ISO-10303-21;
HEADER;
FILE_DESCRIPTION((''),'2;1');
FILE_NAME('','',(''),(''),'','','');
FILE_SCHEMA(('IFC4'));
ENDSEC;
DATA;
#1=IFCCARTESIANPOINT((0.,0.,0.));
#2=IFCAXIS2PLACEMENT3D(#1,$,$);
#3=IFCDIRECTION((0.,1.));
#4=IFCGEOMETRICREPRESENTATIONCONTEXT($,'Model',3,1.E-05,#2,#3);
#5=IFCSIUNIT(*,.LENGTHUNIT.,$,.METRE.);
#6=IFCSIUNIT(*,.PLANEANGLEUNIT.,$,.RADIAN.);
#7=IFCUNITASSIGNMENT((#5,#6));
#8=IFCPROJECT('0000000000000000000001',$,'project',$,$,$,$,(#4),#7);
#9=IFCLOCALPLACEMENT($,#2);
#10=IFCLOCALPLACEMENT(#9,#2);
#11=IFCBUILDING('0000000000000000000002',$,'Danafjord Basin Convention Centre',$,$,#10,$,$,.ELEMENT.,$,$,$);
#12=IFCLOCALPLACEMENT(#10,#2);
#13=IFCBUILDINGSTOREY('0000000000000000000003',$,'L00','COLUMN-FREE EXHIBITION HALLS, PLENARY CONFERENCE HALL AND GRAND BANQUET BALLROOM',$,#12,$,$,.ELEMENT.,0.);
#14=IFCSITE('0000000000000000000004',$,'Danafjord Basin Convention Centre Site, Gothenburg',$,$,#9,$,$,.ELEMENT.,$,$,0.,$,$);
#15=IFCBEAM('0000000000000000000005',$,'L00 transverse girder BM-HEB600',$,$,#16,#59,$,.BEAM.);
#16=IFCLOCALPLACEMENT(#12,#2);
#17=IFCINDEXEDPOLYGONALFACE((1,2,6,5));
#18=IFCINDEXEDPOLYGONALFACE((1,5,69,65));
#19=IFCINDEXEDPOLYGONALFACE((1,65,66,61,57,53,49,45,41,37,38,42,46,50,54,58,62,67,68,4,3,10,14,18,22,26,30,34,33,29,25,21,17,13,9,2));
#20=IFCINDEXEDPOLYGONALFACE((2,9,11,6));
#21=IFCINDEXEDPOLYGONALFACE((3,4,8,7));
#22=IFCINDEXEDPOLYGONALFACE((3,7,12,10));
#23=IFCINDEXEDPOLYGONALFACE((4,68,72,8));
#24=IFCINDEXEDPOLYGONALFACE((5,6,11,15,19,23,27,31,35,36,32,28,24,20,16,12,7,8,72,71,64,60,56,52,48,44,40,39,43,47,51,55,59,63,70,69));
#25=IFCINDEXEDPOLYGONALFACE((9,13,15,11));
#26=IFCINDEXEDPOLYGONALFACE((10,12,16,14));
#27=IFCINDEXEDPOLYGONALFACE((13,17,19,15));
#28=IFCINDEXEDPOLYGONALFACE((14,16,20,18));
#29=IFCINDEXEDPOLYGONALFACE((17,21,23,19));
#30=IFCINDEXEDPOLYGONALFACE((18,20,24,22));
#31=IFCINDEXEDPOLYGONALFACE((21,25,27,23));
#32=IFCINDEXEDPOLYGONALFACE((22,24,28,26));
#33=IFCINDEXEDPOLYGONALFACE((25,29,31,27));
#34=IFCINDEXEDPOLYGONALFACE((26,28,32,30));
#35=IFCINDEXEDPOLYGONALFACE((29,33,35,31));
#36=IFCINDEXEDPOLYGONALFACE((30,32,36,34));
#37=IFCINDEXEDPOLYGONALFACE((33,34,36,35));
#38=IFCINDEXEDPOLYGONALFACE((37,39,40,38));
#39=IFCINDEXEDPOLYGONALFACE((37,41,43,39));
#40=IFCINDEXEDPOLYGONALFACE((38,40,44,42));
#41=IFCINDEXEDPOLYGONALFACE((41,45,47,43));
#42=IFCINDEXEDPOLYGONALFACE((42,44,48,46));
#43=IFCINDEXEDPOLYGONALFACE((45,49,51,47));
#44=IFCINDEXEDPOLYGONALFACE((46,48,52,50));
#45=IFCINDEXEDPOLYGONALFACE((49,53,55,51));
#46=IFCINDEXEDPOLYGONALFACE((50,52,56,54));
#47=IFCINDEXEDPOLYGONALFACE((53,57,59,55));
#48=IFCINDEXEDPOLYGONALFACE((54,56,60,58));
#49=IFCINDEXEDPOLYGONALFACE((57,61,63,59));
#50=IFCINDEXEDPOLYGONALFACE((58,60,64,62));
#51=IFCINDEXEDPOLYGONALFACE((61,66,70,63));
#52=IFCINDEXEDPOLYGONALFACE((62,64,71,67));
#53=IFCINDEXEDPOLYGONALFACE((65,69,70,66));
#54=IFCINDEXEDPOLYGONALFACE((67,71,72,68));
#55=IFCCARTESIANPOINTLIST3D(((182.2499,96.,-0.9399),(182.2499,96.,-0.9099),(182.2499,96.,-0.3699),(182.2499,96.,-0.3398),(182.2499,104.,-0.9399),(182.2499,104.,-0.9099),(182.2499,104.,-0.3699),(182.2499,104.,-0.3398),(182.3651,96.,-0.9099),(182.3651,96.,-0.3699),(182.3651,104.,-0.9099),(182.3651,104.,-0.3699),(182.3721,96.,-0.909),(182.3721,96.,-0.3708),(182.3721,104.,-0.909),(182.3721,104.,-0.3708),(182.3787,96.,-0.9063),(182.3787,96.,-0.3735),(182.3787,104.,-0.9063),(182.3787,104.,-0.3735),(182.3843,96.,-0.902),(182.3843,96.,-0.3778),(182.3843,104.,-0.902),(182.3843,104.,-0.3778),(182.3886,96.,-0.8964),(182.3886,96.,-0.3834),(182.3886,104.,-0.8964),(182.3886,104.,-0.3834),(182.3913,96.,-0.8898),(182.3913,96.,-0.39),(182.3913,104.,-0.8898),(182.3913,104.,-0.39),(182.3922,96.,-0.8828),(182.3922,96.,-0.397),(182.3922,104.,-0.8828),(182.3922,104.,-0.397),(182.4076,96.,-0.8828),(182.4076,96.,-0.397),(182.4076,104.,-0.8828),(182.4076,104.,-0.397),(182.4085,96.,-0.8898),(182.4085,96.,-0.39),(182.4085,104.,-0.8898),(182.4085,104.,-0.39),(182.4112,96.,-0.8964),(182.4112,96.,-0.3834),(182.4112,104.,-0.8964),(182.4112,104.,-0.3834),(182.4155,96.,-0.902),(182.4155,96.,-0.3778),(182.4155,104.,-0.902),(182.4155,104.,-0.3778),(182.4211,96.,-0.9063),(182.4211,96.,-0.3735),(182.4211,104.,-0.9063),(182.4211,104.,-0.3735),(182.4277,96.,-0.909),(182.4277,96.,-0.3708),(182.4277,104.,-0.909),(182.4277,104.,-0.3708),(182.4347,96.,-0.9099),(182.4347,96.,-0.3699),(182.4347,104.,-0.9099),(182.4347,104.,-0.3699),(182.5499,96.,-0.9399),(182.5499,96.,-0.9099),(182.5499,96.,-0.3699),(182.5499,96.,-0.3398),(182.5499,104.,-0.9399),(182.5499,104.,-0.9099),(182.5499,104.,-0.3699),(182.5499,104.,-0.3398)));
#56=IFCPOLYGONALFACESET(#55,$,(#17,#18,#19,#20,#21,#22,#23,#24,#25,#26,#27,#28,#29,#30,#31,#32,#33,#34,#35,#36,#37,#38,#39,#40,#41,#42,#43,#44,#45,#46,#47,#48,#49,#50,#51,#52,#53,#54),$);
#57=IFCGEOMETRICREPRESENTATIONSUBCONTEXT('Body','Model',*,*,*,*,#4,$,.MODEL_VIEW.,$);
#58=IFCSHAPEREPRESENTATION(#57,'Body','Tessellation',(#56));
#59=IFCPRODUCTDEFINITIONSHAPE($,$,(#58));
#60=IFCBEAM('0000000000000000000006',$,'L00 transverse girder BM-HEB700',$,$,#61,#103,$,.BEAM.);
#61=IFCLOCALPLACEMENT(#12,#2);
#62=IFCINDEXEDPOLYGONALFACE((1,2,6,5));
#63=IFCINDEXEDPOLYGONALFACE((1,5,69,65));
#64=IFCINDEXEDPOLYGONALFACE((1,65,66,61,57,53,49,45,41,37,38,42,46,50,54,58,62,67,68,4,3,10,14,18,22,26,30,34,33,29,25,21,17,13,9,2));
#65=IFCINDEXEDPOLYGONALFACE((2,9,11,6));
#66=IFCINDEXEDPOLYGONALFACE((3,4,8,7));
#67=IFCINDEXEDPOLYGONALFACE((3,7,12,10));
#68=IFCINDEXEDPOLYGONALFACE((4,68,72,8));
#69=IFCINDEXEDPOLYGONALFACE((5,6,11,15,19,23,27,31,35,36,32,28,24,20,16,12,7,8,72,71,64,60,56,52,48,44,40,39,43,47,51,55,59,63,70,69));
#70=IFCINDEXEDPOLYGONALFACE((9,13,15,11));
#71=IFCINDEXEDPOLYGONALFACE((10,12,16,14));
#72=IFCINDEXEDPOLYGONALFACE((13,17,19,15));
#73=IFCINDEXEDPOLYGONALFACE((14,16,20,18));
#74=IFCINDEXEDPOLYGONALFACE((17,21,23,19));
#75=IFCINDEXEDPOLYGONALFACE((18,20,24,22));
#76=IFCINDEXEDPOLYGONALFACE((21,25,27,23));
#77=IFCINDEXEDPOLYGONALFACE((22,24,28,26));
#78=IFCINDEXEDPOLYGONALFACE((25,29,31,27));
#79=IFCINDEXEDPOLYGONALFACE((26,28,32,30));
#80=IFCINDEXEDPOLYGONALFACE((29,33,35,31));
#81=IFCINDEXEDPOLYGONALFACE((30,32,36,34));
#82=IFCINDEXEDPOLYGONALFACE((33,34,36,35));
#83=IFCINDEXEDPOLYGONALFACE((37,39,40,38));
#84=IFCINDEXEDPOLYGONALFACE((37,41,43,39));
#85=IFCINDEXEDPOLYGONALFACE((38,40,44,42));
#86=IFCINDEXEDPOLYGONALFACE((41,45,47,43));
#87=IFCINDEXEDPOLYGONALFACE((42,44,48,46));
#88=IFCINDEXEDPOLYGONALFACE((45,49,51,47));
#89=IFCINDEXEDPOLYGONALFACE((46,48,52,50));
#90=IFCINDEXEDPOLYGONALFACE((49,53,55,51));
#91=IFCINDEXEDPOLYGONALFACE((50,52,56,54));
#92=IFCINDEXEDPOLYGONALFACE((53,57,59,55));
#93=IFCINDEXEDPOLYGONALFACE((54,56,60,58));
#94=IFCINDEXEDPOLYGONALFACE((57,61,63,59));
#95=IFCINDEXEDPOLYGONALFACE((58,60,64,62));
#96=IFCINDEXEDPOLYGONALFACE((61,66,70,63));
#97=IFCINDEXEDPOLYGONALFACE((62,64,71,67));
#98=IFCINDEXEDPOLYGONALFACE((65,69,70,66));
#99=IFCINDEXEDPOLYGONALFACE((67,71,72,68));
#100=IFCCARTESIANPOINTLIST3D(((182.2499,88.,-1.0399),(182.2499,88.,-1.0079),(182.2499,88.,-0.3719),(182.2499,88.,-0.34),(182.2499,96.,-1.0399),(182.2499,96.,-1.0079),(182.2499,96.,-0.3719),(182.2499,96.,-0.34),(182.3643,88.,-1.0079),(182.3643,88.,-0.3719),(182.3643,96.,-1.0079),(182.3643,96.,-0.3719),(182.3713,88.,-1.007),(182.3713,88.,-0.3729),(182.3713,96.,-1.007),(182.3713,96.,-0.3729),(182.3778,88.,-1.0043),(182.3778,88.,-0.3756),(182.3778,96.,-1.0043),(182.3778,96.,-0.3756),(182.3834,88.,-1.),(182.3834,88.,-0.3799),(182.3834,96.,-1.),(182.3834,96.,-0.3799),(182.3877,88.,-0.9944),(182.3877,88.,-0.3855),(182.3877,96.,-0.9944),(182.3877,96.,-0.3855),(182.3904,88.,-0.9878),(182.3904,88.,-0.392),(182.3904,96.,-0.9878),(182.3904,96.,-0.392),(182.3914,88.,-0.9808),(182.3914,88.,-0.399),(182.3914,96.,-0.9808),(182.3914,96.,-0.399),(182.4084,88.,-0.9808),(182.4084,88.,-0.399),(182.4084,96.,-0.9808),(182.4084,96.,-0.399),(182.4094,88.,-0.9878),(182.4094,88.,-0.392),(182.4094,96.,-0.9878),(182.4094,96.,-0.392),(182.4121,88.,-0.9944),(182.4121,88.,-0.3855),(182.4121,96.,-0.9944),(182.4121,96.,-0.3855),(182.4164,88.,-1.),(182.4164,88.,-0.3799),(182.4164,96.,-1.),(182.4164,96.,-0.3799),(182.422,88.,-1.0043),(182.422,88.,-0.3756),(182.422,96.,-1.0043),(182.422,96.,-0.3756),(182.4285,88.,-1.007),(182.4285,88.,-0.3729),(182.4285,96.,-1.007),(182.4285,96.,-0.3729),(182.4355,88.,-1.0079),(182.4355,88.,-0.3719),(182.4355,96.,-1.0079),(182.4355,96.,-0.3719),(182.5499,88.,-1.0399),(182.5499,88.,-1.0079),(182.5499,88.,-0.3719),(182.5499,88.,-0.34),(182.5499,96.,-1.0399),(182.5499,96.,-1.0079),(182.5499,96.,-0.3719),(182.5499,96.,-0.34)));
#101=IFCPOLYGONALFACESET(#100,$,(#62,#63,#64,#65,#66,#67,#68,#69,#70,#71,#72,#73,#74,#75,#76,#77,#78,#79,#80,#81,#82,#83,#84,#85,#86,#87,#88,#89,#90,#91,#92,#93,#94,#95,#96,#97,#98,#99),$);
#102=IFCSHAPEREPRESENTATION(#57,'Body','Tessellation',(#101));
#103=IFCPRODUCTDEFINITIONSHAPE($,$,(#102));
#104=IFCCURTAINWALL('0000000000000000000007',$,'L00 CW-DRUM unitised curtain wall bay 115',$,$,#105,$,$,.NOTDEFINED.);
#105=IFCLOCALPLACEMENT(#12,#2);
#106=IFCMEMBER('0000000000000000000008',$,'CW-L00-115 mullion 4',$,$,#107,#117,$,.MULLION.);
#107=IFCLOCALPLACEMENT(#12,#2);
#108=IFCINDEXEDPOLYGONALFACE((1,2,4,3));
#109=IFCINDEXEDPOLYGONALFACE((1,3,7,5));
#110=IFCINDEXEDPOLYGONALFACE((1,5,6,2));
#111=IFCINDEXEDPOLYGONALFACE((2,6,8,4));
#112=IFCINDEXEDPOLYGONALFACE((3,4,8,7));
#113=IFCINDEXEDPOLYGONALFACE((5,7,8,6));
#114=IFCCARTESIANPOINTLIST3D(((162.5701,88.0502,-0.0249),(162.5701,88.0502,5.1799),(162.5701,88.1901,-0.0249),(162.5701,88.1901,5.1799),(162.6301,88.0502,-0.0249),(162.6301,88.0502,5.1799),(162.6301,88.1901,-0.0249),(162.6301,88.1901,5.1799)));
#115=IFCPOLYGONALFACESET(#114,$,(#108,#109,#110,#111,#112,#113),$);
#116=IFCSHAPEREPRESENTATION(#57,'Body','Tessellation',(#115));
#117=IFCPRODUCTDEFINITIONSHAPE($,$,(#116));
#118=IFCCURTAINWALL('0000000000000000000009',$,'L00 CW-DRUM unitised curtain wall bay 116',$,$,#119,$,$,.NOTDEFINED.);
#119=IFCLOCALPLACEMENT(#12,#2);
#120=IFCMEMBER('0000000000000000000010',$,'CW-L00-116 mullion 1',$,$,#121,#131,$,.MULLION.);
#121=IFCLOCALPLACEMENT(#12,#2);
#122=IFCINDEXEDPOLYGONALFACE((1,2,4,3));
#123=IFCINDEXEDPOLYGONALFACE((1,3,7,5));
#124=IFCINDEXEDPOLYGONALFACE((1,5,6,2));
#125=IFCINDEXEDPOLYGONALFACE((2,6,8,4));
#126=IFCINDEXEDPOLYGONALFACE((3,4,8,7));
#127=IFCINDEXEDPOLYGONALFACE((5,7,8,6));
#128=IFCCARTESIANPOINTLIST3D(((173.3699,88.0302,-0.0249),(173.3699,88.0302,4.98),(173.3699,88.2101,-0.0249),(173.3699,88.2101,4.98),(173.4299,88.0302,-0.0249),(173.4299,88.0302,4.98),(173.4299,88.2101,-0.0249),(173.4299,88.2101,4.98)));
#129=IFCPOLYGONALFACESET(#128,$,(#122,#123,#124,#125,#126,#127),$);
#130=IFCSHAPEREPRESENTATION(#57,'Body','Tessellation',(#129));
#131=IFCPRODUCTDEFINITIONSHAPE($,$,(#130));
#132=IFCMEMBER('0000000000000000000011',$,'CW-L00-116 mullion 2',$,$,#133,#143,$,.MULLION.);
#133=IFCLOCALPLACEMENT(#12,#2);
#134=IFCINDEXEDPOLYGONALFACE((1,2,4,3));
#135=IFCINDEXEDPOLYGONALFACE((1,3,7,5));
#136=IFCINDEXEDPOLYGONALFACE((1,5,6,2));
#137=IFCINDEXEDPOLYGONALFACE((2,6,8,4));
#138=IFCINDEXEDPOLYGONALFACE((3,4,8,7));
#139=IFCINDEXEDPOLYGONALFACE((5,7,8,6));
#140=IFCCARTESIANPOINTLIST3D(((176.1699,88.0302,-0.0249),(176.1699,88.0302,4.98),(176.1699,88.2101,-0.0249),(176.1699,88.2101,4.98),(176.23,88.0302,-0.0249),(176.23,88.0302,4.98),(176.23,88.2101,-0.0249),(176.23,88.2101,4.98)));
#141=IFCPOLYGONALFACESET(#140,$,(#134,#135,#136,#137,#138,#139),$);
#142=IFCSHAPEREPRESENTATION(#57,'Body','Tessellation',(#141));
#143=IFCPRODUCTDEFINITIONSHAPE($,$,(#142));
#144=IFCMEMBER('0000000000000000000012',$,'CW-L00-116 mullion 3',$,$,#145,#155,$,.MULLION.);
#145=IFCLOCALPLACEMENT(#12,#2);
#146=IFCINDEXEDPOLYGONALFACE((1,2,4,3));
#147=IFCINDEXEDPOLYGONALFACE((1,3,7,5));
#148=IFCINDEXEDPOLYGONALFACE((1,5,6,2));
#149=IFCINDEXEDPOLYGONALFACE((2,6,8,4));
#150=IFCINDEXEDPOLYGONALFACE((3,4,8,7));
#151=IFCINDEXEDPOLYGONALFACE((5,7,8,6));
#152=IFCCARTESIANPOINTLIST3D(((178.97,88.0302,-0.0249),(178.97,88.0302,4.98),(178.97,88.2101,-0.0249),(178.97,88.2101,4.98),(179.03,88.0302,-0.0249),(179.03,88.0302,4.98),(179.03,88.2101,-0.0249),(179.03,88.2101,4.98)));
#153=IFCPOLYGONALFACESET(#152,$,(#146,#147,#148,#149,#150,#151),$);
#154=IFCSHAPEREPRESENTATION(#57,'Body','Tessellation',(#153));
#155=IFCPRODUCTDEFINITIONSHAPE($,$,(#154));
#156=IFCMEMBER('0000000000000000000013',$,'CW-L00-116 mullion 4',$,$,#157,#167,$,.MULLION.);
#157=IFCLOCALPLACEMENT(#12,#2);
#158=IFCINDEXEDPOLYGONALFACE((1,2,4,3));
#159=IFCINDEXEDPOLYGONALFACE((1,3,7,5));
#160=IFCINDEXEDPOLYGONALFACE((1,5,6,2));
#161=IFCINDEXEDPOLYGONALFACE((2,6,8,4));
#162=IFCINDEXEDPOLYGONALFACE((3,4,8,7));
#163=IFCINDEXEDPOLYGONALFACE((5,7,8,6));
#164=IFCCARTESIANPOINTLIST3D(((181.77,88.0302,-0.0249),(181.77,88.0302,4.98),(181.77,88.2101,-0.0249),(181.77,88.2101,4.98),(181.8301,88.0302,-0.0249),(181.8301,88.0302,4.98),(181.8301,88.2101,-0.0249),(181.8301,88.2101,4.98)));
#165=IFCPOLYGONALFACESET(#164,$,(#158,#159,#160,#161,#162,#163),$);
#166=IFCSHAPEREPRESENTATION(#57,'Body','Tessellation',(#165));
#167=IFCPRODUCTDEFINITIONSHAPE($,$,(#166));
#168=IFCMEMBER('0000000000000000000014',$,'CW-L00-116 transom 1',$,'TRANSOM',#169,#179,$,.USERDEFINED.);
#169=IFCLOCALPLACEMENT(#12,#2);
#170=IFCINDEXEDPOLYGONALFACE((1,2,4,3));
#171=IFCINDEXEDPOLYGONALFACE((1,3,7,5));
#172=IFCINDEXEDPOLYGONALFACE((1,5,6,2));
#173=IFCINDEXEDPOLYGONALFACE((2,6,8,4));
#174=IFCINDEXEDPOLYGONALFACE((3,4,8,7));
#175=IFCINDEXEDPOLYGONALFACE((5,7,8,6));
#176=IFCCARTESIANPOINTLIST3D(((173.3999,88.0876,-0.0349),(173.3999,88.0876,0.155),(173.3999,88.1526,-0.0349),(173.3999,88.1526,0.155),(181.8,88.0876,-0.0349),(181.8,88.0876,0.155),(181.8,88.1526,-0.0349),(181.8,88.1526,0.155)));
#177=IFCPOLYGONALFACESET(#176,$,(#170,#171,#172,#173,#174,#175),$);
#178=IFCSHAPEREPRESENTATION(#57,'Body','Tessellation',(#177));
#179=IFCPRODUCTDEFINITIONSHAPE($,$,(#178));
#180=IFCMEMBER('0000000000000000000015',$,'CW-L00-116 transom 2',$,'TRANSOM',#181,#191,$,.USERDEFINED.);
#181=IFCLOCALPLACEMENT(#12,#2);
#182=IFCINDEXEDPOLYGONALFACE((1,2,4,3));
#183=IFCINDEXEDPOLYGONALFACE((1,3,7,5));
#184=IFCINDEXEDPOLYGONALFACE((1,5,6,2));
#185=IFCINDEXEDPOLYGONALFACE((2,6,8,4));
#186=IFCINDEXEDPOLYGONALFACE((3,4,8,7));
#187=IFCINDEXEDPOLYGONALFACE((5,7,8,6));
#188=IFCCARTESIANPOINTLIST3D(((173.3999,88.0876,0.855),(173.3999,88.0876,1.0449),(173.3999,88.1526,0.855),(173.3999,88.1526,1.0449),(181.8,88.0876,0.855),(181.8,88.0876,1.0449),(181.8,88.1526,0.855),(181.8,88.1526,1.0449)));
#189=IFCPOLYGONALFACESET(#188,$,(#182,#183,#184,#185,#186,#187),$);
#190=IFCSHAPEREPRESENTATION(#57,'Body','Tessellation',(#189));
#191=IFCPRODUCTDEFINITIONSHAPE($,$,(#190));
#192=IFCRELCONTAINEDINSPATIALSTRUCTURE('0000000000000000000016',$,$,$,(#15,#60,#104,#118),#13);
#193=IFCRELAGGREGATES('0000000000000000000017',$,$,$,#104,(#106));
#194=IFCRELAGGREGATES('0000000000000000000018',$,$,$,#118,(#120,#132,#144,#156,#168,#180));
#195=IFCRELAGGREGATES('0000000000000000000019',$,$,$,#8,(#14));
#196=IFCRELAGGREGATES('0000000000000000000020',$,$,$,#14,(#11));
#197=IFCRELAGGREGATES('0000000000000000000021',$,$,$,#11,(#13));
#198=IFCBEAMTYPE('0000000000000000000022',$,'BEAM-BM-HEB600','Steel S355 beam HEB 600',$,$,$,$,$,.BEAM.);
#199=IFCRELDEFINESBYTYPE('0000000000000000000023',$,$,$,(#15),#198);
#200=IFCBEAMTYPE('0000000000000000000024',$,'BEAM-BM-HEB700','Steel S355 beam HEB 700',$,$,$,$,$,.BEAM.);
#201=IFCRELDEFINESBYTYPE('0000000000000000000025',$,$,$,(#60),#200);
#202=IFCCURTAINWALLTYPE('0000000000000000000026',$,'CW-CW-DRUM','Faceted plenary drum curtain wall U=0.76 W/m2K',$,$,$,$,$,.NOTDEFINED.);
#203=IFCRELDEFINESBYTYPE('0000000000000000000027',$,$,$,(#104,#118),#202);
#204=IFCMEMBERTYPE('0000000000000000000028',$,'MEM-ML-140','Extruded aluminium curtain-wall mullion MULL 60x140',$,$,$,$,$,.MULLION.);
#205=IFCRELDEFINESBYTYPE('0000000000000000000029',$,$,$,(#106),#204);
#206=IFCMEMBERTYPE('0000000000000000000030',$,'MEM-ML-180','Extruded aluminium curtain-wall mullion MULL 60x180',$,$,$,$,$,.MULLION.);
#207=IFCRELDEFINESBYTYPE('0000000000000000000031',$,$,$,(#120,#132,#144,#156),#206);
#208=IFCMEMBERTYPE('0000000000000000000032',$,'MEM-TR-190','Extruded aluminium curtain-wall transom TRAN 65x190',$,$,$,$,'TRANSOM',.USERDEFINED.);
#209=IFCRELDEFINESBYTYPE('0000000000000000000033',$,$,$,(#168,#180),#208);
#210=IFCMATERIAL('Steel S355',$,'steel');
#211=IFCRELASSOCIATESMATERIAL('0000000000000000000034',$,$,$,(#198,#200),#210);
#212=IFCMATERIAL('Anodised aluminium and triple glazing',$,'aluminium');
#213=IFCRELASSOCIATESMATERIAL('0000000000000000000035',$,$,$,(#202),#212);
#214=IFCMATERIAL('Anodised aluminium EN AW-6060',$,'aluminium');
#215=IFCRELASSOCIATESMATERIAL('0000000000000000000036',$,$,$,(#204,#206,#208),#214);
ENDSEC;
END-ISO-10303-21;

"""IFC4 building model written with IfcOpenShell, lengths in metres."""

from ifc_helpers import new_model, si_unit, direction, frame, origin, origin_2d, place, context, subcontext, project, spatial, rectangle, i_section, extrude, material, material_profile, profile_set, type_object, element, aggregate, save


model = new_model("IFC4")

# Units and contexts
model_context = context("Model", 3, precision=1e-05, world=origin(), true_north=direction((0.0, 1.0)))
body_context = subcontext(model_context, "Body", "Model", "MODEL_VIEW")
ifc_project = project(units=[si_unit("LENGTHUNIT", "METRE"), si_unit("PLANEANGLEUNIT", "RADIAN")], contexts=[model_context])

# Site, building, storey
site_placement = place(None, origin())
site = spatial("IfcSite", under=ifc_project, at=site_placement, Name="Danafjord Basin Convention Centre Site, Gothenburg", CompositionType="ELEMENT", RefElevation=0.0)
building_placement = place(site_placement, origin())
building = spatial("IfcBuilding", under=site, at=building_placement, Name="Danafjord Basin Convention Centre", CompositionType="ELEMENT")
storey_placement = place(building_placement, origin())
storey = spatial("IfcBuildingStorey", under=building, at=storey_placement, Name="L00", Description="COLUMN-FREE EXHIBITION HALLS, PLENARY CONFERENCE HALL AND GRAND BANQUET BALLROOM", CompositionType="ELEMENT", Elevation=0.0)

# Shared definitions
ifc_material_1 = material(Name="Steel S355", Category="steel")

# Beams
ifc_material_profile_1 = material_profile(ifc_material_1, i_section(OverallWidth=0.3, OverallDepth=0.6001, WebThickness=0.0154, FlangeThickness=0.03, FilletRadius=0.0271, at=origin_2d()), Name="HEB 600")
ifc_profile_set_1 = profile_set([ifc_material_profile_1], Name="Steel S355")
beam_type_1 = type_object("IfcBeamType", Name="BEAM-BM-HEB600", Description="Steel S355 beam HEB 600", PredefinedType="BEAM", material=ifc_profile_set_1)
beam_1_placement = place(storey_placement, frame((182.3999, 96.0, -0.6399), z_axis=(0.0, 1.0, 0.0), x_axis=(-1.0, 0.0, 0.0)))
element("IfcBeam", 1, at=beam_1_placement, inside=storey, type_object=beam_type_1, Name="L00 transverse girder BM-HEB600", PredefinedType="BEAM", context=body_context, shape_type="SweptSolid", body=[
    extrude(i_section(OverallWidth=0.3, OverallDepth=0.6001, WebThickness=0.0154, FlangeThickness=0.03, FilletRadius=0.0271, at=origin_2d()), origin(), (0.0, 0.0, 1.0), 8.0),
])
ifc_material_profile_2 = material_profile(ifc_material_1, i_section(OverallWidth=0.3, OverallDepth=0.7, WebThickness=0.0171, FlangeThickness=0.032, FilletRadius=0.0271, at=origin_2d()), Name="HEB 700")
ifc_profile_set_2 = profile_set([ifc_material_profile_2], Name="Steel S355")
beam_type_2 = type_object("IfcBeamType", Name="BEAM-BM-HEB700", Description="Steel S355 beam HEB 700", PredefinedType="BEAM", material=ifc_profile_set_2)
beam_2_placement = place(storey_placement, frame((182.3999, 88.0, -0.6899), z_axis=(0.0, 1.0, 0.0), x_axis=(-1.0, 0.0, 0.0)))
element("IfcBeam", 2, at=beam_2_placement, inside=storey, type_object=beam_type_2, Name="L00 transverse girder BM-HEB700", PredefinedType="BEAM", context=body_context, shape_type="SweptSolid", body=[
    extrude(i_section(OverallWidth=0.3, OverallDepth=0.7, WebThickness=0.0171, FlangeThickness=0.032, FilletRadius=0.0271, at=origin_2d()), origin(), (0.0, 0.0, 1.0), 8.0),
])

# Curtain wall, member
ifc_material_2 = material(Name="Anodised aluminium and triple glazing", Category="aluminium")
curtain_wall_type = type_object("IfcCurtainWallType", Name="CW-CW-DRUM", Description="Faceted plenary drum curtain wall U=0.76 W/m2K", PredefinedType="NOTDEFINED", material=ifc_material_2)
curtain_wall_1_placement = place(storey_placement, origin())
curtain_wall_1 = element("IfcCurtainWall", 3, at=curtain_wall_1_placement, inside=storey, type_object=curtain_wall_type, Name="L00 CW-DRUM unitised curtain wall bay 115", PredefinedType="NOTDEFINED")
ifc_material_3 = material(Name="Anodised aluminium EN AW-6060", Category="aluminium")
ifc_material_profile_3 = material_profile(ifc_material_3, rectangle(XDim=0.0601, YDim=0.1399, at=origin_2d()), Name="MULL 60x140")
ifc_profile_set_3 = profile_set([ifc_material_profile_3], Name="Anodised aluminium EN AW-6060")
member_type_1 = type_object("IfcMemberType", Name="MEM-ML-140", Description="Extruded aluminium curtain-wall mullion MULL 60x140", PredefinedType="MULLION", material=ifc_profile_set_3)
member_1_placement = place(storey_placement, frame((162.6001, 88.1201, -0.0249), z_axis=(0.0, 0.0, 1.0), x_axis=(1.0, 0.0, 0.0)))
member_1 = element("IfcMember", 4, at=member_1_placement, type_object=member_type_1, Name="CW-L00-115 mullion 4", PredefinedType="MULLION", context=body_context, shape_type="SweptSolid", body=[
    extrude(rectangle(XDim=0.0601, YDim=0.1399, at=origin_2d()), origin(), (0.0, 0.0, 1.0), 5.2048),
])
aggregate(curtain_wall_1, [member_1])

# Curtain wall, members
curtain_wall_2_placement = place(storey_placement, origin())
curtain_wall_2 = element("IfcCurtainWall", 5, at=curtain_wall_2_placement, inside=storey, type_object=curtain_wall_type, Name="L00 CW-DRUM unitised curtain wall bay 116", PredefinedType="NOTDEFINED")
ifc_material_profile_4 = material_profile(ifc_material_3, rectangle(XDim=0.0601, YDim=0.1799, at=origin_2d()), Name="MULL 60x180")
ifc_profile_set_4 = profile_set([ifc_material_profile_4], Name="Anodised aluminium EN AW-6060")
member_type_2 = type_object("IfcMemberType", Name="MEM-ML-180", Description="Extruded aluminium curtain-wall mullion MULL 60x180", PredefinedType="MULLION", material=ifc_profile_set_4)
member_2_placement = place(storey_placement, frame((173.3999, 88.1201, -0.0249), z_axis=(0.0, 0.0, 1.0), x_axis=(1.0, 0.0, 0.0)))
member_2 = element("IfcMember", 6, at=member_2_placement, type_object=member_type_2, Name="CW-L00-116 mullion 1", PredefinedType="MULLION", context=body_context, shape_type="SweptSolid", body=[
    extrude(rectangle(XDim=0.0601, YDim=0.1799, at=origin_2d()), origin(), (0.0, 0.0, 1.0), 5.0049),
])
member_3_placement = place(storey_placement, frame((176.2, 88.1201, -0.0249), z_axis=(0.0, 0.0, 1.0), x_axis=(1.0, 0.0, 0.0)))
member_3 = element("IfcMember", 7, at=member_3_placement, type_object=member_type_2, Name="CW-L00-116 mullion 2", PredefinedType="MULLION", context=body_context, shape_type="SweptSolid", body=[
    extrude(rectangle(XDim=0.0601, YDim=0.1799, at=origin_2d()), origin(), (0.0, 0.0, 1.0), 5.0049),
])
member_4_placement = place(storey_placement, frame((179.0, 88.1201, -0.0249), z_axis=(0.0, 0.0, 1.0), x_axis=(1.0, 0.0, 0.0)))
member_4 = element("IfcMember", 8, at=member_4_placement, type_object=member_type_2, Name="CW-L00-116 mullion 3", PredefinedType="MULLION", context=body_context, shape_type="SweptSolid", body=[
    extrude(rectangle(XDim=0.0601, YDim=0.1799, at=origin_2d()), origin(), (0.0, 0.0, 1.0), 5.0049),
])
member_5_placement = place(storey_placement, frame((181.8, 88.1201, -0.0249), z_axis=(0.0, 0.0, 1.0), x_axis=(1.0, 0.0, 0.0)))
member_5 = element("IfcMember", 9, at=member_5_placement, type_object=member_type_2, Name="CW-L00-116 mullion 4", PredefinedType="MULLION", context=body_context, shape_type="SweptSolid", body=[
    extrude(rectangle(XDim=0.0601, YDim=0.1799, at=origin_2d()), origin(), (0.0, 0.0, 1.0), 5.0049),
])
ifc_material_profile_5 = material_profile(ifc_material_3, rectangle(XDim=0.0649, YDim=0.1899, at=origin_2d()), Name="TRAN 65x190")
ifc_profile_set_5 = profile_set([ifc_material_profile_5], Name="Anodised aluminium EN AW-6060")
member_type_3 = type_object("IfcMemberType", Name="MEM-TR-190", Description="Extruded aluminium curtain-wall transom TRAN 65x190", ElementType="TRANSOM", PredefinedType="USERDEFINED", material=ifc_profile_set_5)
member_6_placement = place(storey_placement, frame((173.3999, 88.1201, 0.0601), z_axis=(1.0, 0.0, 0.0), x_axis=(0.0, 1.0, 0.0)))
member_6 = element("IfcMember", 10, at=member_6_placement, type_object=member_type_3, Name="CW-L00-116 transom 1", ObjectType="TRANSOM", PredefinedType="USERDEFINED", context=body_context, shape_type="SweptSolid", body=[
    extrude(rectangle(XDim=0.0649, YDim=0.1899, at=origin_2d()), origin(), (0.0, 0.0, 1.0), 8.4001),
])
member_7_placement = place(storey_placement, frame((173.3999, 88.1201, 0.95), z_axis=(1.0, 0.0, 0.0), x_axis=(0.0, 1.0, 0.0)))
member_7 = element("IfcMember", 11, at=member_7_placement, type_object=member_type_3, Name="CW-L00-116 transom 2", ObjectType="TRANSOM", PredefinedType="USERDEFINED", context=body_context, shape_type="SweptSolid", body=[
    extrude(rectangle(XDim=0.0649, YDim=0.1899, at=origin_2d()), origin(), (0.0, 0.0, 1.0), 8.4001),
])

aggregate(curtain_wall_2, [member_2, member_3, member_4, member_5, member_6, member_7])

save(model, "model.ifc")
